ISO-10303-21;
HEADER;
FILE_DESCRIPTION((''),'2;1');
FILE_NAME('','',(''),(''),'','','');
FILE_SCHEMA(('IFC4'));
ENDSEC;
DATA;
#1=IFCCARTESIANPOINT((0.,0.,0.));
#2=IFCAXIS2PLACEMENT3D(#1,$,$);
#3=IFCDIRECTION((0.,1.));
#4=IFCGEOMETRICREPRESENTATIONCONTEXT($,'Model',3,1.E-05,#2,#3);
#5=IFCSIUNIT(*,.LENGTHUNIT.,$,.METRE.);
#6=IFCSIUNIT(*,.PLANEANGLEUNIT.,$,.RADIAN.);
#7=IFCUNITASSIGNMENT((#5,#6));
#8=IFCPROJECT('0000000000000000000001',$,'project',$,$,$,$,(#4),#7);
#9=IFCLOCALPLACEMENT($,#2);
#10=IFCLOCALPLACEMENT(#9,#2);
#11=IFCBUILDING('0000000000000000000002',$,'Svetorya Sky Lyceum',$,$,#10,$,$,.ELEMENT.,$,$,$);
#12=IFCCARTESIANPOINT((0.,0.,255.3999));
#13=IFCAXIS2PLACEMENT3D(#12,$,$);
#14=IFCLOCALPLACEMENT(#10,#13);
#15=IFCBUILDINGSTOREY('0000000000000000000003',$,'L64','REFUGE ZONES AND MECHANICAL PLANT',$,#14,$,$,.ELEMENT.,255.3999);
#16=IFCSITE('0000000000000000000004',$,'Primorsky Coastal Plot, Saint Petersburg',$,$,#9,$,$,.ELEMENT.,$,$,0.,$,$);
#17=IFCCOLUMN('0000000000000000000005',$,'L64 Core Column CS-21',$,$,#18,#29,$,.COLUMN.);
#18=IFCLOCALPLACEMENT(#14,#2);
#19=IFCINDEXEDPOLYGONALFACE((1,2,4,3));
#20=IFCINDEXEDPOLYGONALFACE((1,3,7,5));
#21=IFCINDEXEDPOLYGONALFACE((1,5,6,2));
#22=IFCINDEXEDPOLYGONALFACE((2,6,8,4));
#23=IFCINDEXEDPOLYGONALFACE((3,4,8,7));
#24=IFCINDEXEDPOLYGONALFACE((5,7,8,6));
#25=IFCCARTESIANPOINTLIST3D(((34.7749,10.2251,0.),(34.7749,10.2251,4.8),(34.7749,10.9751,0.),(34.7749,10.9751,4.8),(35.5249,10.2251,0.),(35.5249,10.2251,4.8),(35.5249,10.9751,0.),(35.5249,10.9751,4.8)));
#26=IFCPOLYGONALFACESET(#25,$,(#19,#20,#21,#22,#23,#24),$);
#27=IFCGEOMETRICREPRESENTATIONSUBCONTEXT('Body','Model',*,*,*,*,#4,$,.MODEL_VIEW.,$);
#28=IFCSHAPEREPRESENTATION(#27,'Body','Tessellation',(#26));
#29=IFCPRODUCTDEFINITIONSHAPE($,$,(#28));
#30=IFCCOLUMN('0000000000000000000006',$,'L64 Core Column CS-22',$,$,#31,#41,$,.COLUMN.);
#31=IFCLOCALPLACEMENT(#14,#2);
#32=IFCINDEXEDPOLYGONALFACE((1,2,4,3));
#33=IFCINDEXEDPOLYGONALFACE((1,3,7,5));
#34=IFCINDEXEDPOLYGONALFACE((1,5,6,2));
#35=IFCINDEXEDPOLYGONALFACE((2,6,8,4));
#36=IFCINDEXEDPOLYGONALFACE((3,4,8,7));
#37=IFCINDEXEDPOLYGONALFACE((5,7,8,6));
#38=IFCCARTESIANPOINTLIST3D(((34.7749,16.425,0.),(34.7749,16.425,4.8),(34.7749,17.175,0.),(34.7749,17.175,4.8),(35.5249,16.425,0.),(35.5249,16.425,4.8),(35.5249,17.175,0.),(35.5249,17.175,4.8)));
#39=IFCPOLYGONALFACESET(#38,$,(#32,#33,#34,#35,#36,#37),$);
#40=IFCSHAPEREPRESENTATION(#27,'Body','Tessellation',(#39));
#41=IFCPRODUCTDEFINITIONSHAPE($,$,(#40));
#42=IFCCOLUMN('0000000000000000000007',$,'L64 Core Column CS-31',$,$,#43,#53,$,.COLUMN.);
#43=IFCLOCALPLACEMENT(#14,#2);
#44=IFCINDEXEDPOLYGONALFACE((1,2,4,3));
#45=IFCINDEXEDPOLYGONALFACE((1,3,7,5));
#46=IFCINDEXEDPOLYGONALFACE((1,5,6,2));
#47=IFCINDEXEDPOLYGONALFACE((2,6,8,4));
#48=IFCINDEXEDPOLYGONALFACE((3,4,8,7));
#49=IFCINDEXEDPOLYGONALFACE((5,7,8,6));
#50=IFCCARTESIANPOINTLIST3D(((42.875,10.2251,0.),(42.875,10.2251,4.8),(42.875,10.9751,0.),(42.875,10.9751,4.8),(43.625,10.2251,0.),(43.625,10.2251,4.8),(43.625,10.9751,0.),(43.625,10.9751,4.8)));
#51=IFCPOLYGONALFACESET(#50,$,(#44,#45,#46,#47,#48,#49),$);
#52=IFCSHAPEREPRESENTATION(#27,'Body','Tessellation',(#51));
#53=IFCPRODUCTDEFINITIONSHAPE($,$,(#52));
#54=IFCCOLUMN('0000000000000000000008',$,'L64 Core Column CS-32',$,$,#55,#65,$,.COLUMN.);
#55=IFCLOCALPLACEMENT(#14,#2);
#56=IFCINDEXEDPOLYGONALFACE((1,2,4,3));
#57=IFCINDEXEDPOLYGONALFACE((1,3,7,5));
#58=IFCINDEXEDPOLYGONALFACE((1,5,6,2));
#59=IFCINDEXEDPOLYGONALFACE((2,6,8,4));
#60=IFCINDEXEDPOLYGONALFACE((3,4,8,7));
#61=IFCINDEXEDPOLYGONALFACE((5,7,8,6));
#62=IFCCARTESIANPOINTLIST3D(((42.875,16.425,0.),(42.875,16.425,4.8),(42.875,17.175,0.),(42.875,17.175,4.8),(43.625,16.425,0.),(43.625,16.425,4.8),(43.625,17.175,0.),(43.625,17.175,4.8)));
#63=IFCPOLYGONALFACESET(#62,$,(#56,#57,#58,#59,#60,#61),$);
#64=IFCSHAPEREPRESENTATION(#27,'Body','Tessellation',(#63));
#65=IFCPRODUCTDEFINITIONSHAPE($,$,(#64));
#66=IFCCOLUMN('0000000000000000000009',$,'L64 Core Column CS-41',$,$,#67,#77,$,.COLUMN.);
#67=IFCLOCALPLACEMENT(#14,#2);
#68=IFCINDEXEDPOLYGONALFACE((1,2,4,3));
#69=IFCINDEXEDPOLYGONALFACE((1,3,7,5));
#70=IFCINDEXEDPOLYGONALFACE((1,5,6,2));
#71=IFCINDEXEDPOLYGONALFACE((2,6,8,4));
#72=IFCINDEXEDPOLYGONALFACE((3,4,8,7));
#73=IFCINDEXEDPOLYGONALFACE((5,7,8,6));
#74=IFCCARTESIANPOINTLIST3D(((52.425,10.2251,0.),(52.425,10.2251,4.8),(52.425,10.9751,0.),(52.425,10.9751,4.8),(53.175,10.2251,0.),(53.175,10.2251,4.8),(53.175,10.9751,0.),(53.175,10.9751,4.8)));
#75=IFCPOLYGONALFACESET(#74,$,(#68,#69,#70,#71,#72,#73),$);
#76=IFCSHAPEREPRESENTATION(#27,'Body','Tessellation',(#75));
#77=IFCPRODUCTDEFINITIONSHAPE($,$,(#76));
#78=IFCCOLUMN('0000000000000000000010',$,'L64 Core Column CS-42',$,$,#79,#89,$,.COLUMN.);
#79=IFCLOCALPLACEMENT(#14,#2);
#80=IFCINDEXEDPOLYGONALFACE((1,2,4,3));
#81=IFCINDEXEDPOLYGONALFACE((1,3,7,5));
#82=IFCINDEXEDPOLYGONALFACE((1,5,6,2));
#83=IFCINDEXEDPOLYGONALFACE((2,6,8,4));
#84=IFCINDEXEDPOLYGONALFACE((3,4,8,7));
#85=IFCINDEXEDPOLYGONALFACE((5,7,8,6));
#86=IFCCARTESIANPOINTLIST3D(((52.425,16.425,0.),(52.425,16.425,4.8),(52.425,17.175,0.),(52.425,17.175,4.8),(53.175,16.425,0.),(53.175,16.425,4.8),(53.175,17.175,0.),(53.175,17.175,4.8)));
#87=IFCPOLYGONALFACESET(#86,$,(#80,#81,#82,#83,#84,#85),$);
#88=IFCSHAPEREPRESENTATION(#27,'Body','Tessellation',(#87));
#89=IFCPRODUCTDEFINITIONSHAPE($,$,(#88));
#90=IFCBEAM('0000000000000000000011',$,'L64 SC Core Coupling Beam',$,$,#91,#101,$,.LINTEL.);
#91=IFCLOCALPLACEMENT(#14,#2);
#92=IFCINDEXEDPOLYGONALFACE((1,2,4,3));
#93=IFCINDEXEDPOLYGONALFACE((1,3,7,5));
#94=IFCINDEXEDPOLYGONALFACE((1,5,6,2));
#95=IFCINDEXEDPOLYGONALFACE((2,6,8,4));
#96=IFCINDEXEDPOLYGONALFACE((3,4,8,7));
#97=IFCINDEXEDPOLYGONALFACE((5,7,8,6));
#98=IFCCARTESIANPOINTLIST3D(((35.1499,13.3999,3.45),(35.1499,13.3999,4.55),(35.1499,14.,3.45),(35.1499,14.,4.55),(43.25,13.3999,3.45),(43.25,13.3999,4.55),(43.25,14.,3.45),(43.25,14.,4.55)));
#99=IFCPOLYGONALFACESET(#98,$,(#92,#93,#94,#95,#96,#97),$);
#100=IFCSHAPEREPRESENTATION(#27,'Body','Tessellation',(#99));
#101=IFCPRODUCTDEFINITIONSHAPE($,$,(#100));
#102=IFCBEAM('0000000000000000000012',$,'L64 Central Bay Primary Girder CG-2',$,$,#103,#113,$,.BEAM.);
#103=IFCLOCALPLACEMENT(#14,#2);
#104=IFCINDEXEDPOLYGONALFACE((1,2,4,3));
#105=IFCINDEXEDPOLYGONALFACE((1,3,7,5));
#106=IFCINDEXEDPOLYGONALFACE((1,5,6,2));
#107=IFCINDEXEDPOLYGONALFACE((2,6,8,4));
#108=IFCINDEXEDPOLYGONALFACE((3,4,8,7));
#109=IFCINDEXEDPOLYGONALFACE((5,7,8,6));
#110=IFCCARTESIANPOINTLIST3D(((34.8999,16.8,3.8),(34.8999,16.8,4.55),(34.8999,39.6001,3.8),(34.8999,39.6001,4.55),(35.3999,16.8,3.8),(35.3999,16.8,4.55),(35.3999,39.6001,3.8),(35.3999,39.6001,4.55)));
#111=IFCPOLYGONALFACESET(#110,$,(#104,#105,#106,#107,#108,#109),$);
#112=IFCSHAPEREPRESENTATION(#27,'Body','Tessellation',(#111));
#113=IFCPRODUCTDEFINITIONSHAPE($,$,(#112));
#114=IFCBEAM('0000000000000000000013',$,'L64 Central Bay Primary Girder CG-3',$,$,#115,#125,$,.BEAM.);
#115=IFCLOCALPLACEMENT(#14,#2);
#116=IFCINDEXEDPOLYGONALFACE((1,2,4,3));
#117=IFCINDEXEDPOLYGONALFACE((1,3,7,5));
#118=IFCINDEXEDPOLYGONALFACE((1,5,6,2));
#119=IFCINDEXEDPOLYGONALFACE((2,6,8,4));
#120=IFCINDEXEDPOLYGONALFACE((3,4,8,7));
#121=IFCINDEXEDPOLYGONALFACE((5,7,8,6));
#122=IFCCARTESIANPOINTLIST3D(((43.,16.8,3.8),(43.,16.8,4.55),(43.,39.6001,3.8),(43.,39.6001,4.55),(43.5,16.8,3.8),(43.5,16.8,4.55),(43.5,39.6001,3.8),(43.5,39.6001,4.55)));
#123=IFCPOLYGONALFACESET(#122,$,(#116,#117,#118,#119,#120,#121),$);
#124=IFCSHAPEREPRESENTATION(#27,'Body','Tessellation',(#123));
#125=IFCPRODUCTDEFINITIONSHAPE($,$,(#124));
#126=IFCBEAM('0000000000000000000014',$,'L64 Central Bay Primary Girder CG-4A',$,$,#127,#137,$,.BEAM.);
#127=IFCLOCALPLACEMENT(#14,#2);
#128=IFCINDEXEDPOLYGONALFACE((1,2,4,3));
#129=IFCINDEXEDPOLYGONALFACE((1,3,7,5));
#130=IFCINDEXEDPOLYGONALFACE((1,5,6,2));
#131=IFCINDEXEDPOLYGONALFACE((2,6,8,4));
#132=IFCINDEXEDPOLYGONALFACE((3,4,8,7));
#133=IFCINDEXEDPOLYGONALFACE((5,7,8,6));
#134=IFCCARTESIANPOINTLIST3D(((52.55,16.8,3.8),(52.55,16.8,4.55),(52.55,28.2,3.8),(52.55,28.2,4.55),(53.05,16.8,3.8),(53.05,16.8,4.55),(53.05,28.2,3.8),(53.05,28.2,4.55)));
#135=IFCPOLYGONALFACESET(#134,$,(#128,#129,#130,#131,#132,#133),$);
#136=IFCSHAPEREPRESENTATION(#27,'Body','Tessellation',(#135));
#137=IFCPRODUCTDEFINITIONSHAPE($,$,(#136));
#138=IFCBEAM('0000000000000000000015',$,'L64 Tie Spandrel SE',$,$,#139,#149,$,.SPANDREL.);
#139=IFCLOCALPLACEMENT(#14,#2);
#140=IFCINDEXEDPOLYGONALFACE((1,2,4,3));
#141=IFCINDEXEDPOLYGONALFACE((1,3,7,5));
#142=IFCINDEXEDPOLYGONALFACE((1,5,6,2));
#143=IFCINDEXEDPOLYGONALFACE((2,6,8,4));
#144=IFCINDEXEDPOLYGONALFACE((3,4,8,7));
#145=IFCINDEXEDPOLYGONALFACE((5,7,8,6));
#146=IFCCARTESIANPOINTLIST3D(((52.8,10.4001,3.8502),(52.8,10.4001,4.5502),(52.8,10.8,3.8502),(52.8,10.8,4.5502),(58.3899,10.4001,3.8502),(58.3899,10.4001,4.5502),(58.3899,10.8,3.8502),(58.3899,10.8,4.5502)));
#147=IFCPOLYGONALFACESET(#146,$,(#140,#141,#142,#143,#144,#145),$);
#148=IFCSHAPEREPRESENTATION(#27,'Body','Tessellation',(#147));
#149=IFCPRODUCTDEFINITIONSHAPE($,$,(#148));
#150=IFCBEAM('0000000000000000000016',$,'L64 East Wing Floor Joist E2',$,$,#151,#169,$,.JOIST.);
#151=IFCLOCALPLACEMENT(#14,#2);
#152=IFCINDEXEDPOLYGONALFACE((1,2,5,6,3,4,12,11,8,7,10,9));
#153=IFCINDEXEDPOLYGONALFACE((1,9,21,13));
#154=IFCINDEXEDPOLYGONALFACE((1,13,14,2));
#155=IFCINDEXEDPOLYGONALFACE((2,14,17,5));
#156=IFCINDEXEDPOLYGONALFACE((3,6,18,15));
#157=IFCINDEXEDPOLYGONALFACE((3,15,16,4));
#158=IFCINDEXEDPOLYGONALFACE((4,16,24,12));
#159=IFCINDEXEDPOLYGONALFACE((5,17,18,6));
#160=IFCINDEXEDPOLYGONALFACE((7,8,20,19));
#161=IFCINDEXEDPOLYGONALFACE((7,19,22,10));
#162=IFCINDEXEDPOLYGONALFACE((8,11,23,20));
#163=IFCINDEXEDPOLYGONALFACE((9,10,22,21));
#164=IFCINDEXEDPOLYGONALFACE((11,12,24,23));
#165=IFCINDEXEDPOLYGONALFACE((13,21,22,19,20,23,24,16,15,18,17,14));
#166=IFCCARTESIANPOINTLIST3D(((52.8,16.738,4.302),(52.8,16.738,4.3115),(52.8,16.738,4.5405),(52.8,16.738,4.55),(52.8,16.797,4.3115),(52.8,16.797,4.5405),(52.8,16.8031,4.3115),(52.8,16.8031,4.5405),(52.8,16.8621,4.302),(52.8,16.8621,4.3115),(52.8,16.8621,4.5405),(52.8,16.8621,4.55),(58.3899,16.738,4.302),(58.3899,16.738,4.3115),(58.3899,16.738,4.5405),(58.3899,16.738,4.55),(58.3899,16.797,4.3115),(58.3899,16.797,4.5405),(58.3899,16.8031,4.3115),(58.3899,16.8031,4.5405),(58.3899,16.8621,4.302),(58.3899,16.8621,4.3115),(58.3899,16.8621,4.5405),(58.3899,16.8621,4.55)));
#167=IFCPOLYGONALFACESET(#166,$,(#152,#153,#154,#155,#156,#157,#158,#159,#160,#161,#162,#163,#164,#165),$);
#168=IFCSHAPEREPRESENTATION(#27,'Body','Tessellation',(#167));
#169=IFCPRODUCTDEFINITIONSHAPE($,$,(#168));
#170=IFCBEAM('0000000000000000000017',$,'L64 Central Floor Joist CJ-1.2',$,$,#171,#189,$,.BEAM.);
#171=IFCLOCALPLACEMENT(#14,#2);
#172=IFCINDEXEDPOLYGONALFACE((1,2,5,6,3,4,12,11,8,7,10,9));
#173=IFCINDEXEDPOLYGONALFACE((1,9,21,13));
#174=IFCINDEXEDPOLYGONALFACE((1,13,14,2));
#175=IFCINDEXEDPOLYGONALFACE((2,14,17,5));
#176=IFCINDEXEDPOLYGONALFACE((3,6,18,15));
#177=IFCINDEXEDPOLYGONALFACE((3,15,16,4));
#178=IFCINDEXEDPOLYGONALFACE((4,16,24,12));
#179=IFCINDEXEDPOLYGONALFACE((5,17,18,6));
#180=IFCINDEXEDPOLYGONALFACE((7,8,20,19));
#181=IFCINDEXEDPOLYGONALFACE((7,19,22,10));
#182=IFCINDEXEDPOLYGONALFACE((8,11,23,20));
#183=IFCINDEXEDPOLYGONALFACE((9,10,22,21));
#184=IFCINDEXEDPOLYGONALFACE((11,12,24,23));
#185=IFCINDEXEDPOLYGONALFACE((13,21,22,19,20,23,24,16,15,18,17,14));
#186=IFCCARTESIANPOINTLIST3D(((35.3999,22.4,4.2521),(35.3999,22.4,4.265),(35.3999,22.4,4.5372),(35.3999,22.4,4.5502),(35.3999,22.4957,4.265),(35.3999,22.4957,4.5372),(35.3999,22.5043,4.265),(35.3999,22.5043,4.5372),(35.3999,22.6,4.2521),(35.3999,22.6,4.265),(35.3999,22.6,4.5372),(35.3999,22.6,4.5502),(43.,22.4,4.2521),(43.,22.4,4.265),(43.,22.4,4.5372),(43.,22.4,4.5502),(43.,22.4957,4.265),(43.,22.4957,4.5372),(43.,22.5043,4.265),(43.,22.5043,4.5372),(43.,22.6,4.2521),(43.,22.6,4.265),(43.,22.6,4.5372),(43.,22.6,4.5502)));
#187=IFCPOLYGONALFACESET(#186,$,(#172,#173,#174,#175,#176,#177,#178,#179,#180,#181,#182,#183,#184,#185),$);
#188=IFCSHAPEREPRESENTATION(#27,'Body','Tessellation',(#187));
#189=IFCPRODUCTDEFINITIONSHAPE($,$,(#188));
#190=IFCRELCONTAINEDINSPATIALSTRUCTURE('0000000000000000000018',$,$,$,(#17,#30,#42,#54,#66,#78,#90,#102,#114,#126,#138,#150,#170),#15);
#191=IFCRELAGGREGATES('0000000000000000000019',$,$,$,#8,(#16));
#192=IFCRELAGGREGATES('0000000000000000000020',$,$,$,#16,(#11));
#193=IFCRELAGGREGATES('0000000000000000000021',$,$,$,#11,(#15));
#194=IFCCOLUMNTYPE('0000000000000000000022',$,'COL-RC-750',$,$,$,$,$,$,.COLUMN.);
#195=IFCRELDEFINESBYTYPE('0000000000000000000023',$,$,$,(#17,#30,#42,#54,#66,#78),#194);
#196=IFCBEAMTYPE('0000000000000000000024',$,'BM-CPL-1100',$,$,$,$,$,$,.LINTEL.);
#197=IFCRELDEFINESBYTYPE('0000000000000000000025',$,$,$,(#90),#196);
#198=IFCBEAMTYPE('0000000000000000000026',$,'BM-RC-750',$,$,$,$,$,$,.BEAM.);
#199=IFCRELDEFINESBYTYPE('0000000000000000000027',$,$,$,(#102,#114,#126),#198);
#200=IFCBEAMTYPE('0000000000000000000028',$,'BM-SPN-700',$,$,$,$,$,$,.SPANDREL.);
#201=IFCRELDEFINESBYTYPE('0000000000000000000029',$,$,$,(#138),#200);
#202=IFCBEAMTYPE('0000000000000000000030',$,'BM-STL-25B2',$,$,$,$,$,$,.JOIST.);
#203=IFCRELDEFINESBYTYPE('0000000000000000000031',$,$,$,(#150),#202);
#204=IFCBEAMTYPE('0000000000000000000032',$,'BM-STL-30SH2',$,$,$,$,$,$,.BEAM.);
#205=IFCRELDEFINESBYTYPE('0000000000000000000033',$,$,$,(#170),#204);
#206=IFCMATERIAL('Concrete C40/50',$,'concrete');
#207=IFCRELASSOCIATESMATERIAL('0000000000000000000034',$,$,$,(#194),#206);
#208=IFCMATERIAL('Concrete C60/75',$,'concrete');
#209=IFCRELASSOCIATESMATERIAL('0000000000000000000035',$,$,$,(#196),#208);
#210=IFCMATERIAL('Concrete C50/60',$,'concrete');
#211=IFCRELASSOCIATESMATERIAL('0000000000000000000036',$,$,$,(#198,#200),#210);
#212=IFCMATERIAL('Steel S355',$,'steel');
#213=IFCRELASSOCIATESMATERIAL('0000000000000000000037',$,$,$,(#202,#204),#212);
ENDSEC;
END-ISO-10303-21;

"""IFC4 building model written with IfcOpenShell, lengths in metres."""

from ifc_helpers import new_model, si_unit, direction, frame, origin, origin_2d, place, context, subcontext, project, spatial, rectangle, i_section, extrude, material, material_profile, profile_set, type_object, element, save


model = new_model("IFC4")

# Units and contexts
model_context = context("Model", 3, precision=1e-05, world=origin(), true_north=direction((0.0, 1.0)))
body_context = subcontext(model_context, "Body", "Model", "MODEL_VIEW")
ifc_project = project(units=[si_unit("LENGTHUNIT", "METRE"), si_unit("PLANEANGLEUNIT", "RADIAN")], contexts=[model_context])

# Site, building, storey
site_placement = place(None, origin())
site = spatial("IfcSite", under=ifc_project, at=site_placement, Name="Primorsky Coastal Plot, Saint Petersburg", CompositionType="ELEMENT", RefElevation=0.0)
building_placement = place(site_placement, origin())
building = spatial("IfcBuilding", under=site, at=building_placement, Name="Svetorya Sky Lyceum", CompositionType="ELEMENT")
storey_placement = place(building_placement, frame((0.0, 0.0, 255.3999)))
storey = spatial("IfcBuildingStorey", under=building, at=storey_placement, Name="L64", Description="REFUGE ZONES AND MECHANICAL PLANT", CompositionType="ELEMENT", Elevation=255.3999)

# Columns
ifc_material_1 = material(Name="Concrete C40/50", Category="concrete")
ifc_material_profile_1 = material_profile(ifc_material_1, rectangle(XDim=0.75, YDim=0.75, at=origin_2d()), Name="RC COL 750x750")
ifc_profile_set_1 = profile_set([ifc_material_profile_1], Name="Concrete C40/50")
column_type = type_object("IfcColumnType", Name="COL-RC-750", PredefinedType="COLUMN", material=ifc_profile_set_1)
for number, where, z_axis, x_axis, name in (
    (1, (35.1499, 10.6001, 0.0), (0.0, 0.0, 1.0), (1.0, 0.0, 0.0), "L64 Core Column CS-21"),
    (2, (35.1499, 16.8, 0.0), (0.0, 0.0, 1.0), (1.0, 0.0, 0.0), "L64 Core Column CS-22"),
    (3, (43.25, 10.6001, 0.0), (0.0, 0.0, 1.0), (1.0, 0.0, 0.0), "L64 Core Column CS-31"),
    (4, (43.25, 16.8, 0.0), (0.0, 0.0, 1.0), (1.0, 0.0, 0.0), "L64 Core Column CS-32"),
    (5, (52.8, 10.6001, 0.0), (0.0, 0.0, 1.0), (1.0, 0.0, 0.0), "L64 Core Column CS-41"),
    (6, (52.8, 16.8, 0.0), (0.0, 0.0, 1.0), (1.0, 0.0, 0.0), "L64 Core Column CS-42"),
):
    element("IfcColumn", number, at=place(storey_placement, frame(where, z_axis=z_axis, x_axis=x_axis)), inside=storey, type_object=column_type, Name=name, PredefinedType="COLUMN", context=body_context, shape_type="SweptSolid", body=[
        extrude(rectangle(XDim=0.75, YDim=0.75, at=origin_2d()), origin(), (0.0, 0.0, 1.0), 4.8),
    ])

# Beams
ifc_material_2 = material(Name="Concrete C60/75", Category="concrete")
ifc_material_profile_2 = material_profile(ifc_material_2, rectangle(XDim=0.6001, YDim=1.1001, at=origin_2d()), Name="RC COUPLING 600x1100")
ifc_profile_set_2 = profile_set([ifc_material_profile_2], Name="Concrete C60/75")
beam_type_1 = type_object("IfcBeamType", Name="BM-CPL-1100", PredefinedType="LINTEL", material=ifc_profile_set_2)
beam_1_placement = place(storey_placement, frame((35.1499, 13.7, 4.0), z_axis=(1.0, 0.0, 0.0), x_axis=(0.0, 1.0, 0.0)))
element("IfcBeam", 7, at=beam_1_placement, inside=storey, type_object=beam_type_1, Name="L64 SC Core Coupling Beam", PredefinedType="LINTEL", context=body_context, shape_type="SweptSolid", body=[
    extrude(rectangle(XDim=0.6001, YDim=1.1001, at=origin_2d()), origin(), (0.0, 0.0, 1.0), 8.1001),
])
ifc_material_3 = material(Name="Concrete C50/60", Category="concrete")
ifc_material_profile_3 = material_profile(ifc_material_3, rectangle(XDim=0.5, YDim=0.75, at=origin_2d()), Name="RC BEAM 500x750")
ifc_profile_set_3 = profile_set([ifc_material_profile_3], Name="Concrete C50/60")
beam_type_2 = type_object("IfcBeamType", Name="BM-RC-750", PredefinedType="BEAM", material=ifc_profile_set_3)
for number, where, z_axis, x_axis, name in (
    (8, (35.1499, 16.8, 4.175), (0.0, 1.0, 0.0), (-1.0, 0.0, 0.0), "L64 Central Bay Primary Girder CG-2"),
    (9, (43.25, 16.8, 4.175), (0.0, 1.0, 0.0), (-1.0, 0.0, 0.0), "L64 Central Bay Primary Girder CG-3"),
):
    element("IfcBeam", number, at=place(storey_placement, frame(where, z_axis=z_axis, x_axis=x_axis)), inside=storey, type_object=beam_type_2, Name=name, PredefinedType="BEAM", context=body_context, shape_type="SweptSolid", body=[
        extrude(rectangle(XDim=0.5, YDim=0.75, at=origin_2d()), origin(), (0.0, 0.0, 1.0), 22.8),
    ])
beam_2_placement = place(storey_placement, frame((52.8, 16.8, 4.175), z_axis=(0.0, 1.0, 0.0), x_axis=(-1.0, 0.0, 0.0)))
element("IfcBeam", 10, at=beam_2_placement, inside=storey, type_object=beam_type_2, Name="L64 Central Bay Primary Girder CG-4A", PredefinedType="BEAM", context=body_context, shape_type="SweptSolid", body=[
    extrude(rectangle(XDim=0.5, YDim=0.75, at=origin_2d()), origin(), (0.0, 0.0, 1.0), 11.3999),
])
ifc_material_profile_4 = material_profile(ifc_material_3, rectangle(XDim=0.3999, YDim=0.7, at=origin_2d()), Name="RC SPANDREL 400x700")
ifc_profile_set_4 = profile_set([ifc_material_profile_4], Name="Concrete C50/60")
beam_type_3 = type_object("IfcBeamType", Name="BM-SPN-700", PredefinedType="SPANDREL", material=ifc_profile_set_4)
beam_3_placement = place(storey_placement, frame((52.8, 10.6001, 4.2002), z_axis=(1.0, 0.0, 0.0), x_axis=(0.0, 1.0, 0.0)))
element("IfcBeam", 11, at=beam_3_placement, inside=storey, type_object=beam_type_3, Name="L64 Tie Spandrel SE", PredefinedType="SPANDREL", context=body_context, shape_type="SweptSolid", body=[
    extrude(rectangle(XDim=0.3999, YDim=0.7, at=origin_2d()), origin(), (0.0, 0.0, 1.0), 5.5898),
])
ifc_material_4 = material(Name="Steel S355", Category="steel")
ifc_material_profile_5 = material_profile(ifc_material_4, i_section(OverallWidth=0.124, OverallDepth=0.248, WebThickness=0.0061, FlangeThickness=0.0095, at=origin_2d()), Name="GOST 25B2")
ifc_profile_set_5 = profile_set([ifc_material_profile_5], Name="Steel S355")
beam_type_4 = type_object("IfcBeamType", Name="BM-STL-25B2", PredefinedType="JOIST", material=ifc_profile_set_5)
beam_4_placement = place(storey_placement, frame((52.8, 16.8, 4.426), z_axis=(1.0, 0.0, 0.0), x_axis=(0.0, 1.0, 0.0)))
element("IfcBeam", 12, at=beam_4_placement, inside=storey, type_object=beam_type_4, Name="L64 East Wing Floor Joist E2", PredefinedType="JOIST", context=body_context, shape_type="SweptSolid", body=[
    extrude(i_section(OverallWidth=0.124, OverallDepth=0.248, WebThickness=0.0061, FlangeThickness=0.0095, at=origin_2d()), origin(), (0.0, 0.0, 1.0), 5.5898),
])
ifc_material_profile_6 = material_profile(ifc_material_4, i_section(OverallWidth=0.2, OverallDepth=0.2981, WebThickness=0.0085, FlangeThickness=0.0129, at=origin_2d()), Name="GOST 30Sh2")
ifc_profile_set_6 = profile_set([ifc_material_profile_6], Name="Steel S355")
beam_type_5 = type_object("IfcBeamType", Name="BM-STL-30SH2", PredefinedType="BEAM", material=ifc_profile_set_6)
beam_5_placement = place(storey_placement, frame((35.3999, 22.5, 4.4011), z_axis=(1.0, 0.0, 0.0), x_axis=(0.0, 1.0, 0.0)))
element("IfcBeam", 13, at=beam_5_placement, inside=storey, type_object=beam_type_5, Name="L64 Central Floor Joist CJ-1.2", PredefinedType="BEAM", context=body_context, shape_type="SweptSolid", body=[
    extrude(i_section(OverallWidth=0.2, OverallDepth=0.2981, WebThickness=0.0085, FlangeThickness=0.0129, at=origin_2d()), origin(), (0.0, 0.0, 1.0), 7.6001),
])

save(model, "model.ifc")
